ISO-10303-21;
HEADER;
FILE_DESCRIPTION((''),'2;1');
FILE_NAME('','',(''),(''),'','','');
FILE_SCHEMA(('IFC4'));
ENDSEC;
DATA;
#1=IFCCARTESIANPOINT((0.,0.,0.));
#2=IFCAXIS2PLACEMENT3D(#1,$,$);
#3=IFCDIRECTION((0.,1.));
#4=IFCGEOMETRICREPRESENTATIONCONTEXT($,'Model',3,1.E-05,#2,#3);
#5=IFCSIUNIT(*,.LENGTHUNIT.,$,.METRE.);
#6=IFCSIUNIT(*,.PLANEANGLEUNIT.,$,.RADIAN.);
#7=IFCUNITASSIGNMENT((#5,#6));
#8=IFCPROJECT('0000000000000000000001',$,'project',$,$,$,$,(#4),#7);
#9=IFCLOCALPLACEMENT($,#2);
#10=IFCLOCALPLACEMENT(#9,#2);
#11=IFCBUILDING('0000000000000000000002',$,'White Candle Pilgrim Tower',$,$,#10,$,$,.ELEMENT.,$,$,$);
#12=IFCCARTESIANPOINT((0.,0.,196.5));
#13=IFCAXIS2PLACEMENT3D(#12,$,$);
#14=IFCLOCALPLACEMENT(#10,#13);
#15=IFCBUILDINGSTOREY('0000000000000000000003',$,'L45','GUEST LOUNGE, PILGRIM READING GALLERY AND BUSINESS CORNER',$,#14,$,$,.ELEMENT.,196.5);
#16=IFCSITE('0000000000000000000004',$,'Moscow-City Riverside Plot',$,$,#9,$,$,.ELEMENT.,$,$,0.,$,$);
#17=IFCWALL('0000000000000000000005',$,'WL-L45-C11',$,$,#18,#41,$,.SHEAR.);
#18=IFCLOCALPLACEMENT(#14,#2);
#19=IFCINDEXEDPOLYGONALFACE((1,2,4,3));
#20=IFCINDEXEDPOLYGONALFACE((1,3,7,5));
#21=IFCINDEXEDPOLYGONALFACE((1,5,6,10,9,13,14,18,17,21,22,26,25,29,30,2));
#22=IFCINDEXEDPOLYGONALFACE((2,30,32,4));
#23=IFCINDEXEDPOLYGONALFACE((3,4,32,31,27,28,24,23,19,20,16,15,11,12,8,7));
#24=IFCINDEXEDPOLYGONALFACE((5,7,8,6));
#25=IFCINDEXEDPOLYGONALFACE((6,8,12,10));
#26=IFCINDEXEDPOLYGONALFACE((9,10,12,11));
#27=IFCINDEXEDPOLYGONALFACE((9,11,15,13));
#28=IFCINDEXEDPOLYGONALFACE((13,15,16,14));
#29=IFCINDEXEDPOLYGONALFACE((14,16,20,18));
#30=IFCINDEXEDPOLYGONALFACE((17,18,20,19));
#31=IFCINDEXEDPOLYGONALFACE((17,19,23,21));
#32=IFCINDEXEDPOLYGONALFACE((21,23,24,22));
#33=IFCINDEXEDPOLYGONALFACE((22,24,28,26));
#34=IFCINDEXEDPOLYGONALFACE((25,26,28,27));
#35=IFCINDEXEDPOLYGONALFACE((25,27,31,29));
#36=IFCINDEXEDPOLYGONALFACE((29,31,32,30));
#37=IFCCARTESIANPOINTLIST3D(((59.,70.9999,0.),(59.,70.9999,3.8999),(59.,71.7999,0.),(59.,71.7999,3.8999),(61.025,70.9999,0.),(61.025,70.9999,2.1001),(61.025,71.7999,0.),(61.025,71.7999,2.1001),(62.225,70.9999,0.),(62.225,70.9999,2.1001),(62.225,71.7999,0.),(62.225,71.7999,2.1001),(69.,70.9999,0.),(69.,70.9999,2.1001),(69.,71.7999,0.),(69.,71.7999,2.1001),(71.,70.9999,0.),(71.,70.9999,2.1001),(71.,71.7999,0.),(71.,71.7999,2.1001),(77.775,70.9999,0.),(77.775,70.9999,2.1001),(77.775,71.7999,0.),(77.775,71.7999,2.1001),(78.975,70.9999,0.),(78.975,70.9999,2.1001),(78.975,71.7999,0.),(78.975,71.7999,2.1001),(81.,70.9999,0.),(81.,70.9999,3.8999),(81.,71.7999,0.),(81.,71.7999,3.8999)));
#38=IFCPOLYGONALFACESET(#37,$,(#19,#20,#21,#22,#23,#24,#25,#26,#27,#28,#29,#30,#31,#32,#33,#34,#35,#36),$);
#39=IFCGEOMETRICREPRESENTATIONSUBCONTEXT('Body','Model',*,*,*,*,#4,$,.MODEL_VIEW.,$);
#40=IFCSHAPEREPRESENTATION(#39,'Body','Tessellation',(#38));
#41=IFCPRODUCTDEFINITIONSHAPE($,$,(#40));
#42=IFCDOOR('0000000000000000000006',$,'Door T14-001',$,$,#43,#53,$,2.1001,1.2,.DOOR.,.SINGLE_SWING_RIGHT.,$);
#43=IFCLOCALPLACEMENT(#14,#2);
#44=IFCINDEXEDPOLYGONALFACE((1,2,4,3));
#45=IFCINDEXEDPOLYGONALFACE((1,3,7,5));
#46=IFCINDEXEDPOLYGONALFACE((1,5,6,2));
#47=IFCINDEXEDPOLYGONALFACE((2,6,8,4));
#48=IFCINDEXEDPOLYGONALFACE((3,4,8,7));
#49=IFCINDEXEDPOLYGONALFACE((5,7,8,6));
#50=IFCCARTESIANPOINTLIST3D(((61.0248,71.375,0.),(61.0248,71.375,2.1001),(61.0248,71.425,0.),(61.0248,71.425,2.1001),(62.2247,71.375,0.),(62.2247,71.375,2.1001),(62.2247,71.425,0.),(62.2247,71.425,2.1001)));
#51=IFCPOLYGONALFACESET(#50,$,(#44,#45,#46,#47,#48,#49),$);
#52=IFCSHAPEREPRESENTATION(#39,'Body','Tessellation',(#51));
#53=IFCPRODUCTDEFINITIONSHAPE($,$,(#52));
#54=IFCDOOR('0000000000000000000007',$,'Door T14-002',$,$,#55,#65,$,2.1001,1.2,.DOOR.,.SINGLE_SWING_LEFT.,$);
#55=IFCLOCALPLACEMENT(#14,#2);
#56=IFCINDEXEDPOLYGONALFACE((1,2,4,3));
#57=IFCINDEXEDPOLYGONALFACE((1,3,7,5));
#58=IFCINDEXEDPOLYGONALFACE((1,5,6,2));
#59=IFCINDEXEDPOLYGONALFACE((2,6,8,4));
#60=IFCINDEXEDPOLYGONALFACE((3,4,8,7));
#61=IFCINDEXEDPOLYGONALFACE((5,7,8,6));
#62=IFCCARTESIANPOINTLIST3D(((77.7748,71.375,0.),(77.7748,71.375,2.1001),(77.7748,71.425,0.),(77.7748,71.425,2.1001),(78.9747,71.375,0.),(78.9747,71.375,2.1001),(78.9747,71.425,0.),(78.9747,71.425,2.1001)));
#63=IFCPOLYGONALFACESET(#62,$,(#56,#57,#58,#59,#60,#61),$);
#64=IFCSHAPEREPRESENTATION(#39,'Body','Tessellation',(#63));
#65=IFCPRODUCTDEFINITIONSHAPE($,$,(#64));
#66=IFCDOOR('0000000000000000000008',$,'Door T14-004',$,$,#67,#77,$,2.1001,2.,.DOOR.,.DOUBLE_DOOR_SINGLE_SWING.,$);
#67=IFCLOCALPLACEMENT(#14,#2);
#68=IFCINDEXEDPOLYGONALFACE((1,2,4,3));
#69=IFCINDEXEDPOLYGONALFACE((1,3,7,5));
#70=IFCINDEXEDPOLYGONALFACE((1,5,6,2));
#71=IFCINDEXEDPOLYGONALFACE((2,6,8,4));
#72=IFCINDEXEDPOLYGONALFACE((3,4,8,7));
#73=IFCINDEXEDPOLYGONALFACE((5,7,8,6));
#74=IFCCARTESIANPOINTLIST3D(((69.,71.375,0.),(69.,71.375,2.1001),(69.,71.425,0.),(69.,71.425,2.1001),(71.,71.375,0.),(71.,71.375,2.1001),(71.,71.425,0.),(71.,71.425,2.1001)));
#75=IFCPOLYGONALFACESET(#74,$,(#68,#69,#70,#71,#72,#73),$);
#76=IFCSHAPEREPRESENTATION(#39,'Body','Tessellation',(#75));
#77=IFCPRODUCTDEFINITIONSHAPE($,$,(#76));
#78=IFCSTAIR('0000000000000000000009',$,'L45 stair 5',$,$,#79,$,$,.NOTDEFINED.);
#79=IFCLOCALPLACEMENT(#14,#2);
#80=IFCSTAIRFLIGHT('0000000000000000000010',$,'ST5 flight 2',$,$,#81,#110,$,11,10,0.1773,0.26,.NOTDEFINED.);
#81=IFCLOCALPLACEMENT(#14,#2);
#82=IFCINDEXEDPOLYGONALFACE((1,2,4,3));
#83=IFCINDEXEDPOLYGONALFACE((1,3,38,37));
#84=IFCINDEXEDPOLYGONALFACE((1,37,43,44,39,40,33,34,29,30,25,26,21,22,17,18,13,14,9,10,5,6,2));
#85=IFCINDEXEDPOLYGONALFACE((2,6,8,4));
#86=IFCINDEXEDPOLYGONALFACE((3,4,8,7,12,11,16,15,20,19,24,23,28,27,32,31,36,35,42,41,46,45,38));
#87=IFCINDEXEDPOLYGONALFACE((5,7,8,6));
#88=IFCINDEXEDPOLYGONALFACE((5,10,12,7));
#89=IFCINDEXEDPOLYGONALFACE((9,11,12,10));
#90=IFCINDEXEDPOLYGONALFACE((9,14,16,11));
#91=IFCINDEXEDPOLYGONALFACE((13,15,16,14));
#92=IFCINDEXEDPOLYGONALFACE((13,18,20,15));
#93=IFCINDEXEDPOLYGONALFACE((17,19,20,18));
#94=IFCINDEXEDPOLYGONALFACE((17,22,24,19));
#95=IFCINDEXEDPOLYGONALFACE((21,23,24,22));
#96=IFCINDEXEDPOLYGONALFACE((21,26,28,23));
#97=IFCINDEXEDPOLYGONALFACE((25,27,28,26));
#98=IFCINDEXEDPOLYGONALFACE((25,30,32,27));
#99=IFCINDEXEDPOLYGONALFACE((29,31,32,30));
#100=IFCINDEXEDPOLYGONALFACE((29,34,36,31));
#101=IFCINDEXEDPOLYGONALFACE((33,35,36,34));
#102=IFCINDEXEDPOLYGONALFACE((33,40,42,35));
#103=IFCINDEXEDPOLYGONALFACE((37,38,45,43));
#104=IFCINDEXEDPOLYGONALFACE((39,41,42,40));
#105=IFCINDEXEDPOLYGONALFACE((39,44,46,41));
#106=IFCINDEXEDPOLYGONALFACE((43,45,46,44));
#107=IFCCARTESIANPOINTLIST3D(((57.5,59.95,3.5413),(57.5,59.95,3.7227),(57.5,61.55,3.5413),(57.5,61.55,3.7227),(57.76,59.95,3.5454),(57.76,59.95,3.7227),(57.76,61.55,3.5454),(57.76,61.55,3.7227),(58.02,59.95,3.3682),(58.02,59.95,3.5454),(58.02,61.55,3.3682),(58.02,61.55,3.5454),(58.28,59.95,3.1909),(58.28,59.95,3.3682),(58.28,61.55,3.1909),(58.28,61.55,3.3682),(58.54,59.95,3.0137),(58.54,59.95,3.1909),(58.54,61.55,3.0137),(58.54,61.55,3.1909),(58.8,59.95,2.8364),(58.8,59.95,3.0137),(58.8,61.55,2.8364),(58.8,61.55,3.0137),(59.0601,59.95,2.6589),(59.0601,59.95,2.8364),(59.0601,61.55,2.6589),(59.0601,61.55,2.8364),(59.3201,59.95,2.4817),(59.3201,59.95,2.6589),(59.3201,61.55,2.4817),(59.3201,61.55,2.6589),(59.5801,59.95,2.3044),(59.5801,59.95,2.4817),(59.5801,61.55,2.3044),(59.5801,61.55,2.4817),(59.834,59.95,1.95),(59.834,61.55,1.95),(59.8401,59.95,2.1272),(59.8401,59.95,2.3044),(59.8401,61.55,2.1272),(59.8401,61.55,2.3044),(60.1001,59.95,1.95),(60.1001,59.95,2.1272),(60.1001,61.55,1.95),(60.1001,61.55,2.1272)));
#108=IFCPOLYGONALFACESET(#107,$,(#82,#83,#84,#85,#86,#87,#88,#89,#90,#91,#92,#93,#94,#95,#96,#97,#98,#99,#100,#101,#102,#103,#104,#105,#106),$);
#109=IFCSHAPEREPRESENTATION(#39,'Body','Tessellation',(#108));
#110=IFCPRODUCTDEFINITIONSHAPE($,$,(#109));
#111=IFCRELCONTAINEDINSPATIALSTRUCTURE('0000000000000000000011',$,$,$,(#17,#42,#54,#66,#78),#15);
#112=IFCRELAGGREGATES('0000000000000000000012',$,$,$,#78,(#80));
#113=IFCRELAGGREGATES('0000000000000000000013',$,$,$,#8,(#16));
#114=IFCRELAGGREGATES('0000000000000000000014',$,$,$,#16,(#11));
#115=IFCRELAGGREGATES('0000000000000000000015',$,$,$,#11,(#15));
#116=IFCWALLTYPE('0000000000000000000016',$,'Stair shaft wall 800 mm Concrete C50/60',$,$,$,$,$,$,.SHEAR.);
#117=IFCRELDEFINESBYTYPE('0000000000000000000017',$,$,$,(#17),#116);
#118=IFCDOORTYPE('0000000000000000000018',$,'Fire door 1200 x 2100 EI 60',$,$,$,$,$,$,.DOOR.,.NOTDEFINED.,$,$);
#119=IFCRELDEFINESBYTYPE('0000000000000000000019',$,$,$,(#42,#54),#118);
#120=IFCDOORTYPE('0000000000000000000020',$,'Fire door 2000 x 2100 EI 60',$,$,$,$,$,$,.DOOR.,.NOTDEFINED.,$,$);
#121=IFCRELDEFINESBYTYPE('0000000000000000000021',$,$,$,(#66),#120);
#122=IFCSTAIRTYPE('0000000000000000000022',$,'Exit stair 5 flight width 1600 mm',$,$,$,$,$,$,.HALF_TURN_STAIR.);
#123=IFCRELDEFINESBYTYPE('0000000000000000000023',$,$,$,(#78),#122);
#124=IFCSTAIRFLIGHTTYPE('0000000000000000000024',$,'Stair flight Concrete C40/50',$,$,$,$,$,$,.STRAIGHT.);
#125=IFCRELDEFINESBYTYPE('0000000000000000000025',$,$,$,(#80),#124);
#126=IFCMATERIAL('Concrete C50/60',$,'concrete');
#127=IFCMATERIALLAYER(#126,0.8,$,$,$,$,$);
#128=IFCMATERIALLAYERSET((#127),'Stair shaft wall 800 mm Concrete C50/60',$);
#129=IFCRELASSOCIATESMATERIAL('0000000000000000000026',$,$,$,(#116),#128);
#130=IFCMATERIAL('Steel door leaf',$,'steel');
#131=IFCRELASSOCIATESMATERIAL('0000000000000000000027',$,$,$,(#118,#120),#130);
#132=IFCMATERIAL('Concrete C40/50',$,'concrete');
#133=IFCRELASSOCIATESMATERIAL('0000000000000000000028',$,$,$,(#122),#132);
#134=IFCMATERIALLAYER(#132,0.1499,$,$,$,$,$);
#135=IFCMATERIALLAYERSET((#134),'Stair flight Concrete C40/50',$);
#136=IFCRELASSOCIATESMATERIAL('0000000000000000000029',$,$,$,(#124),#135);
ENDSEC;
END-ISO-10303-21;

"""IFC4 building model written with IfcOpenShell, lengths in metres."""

from ifc_helpers import new_model, si_unit, direction, frame, frame_2d, origin, place, context, subcontext, project, spatial, polyline, rectangle, outline, extrude, material, layer, layer_set, type_object, element, fill, aggregate, save


model = new_model("IFC4")

# Units and contexts
model_context = context("Model", 3, precision=1e-05, world=origin(), true_north=direction((0.0, 1.0)))
body_context = subcontext(model_context, "Body", "Model", "MODEL_VIEW")
ifc_project = project(units=[si_unit("LENGTHUNIT", "METRE"), si_unit("PLANEANGLEUNIT", "RADIAN")], contexts=[model_context])

# Site, building, storey
site_placement = place(None, origin())
site = spatial("IfcSite", under=ifc_project, at=site_placement, Name="Moscow-City Riverside Plot", CompositionType="ELEMENT", RefElevation=0.0)
building_placement = place(site_placement, origin())
building = spatial("IfcBuilding", under=site, at=building_placement, Name="White Candle Pilgrim Tower", CompositionType="ELEMENT")
storey_placement = place(building_placement, frame((0.0, 0.0, 196.5)))
storey = spatial("IfcBuildingStorey", under=building, at=storey_placement, Name="L45", Description="GUEST LOUNGE, PILGRIM READING GALLERY AND BUSINESS CORNER", CompositionType="ELEMENT", Elevation=196.5)

# Shared definitions
ifc_material_1 = material(Name="Concrete C50/60", Category="concrete")

# Shared definitions
ifc_material_2 = material(Name="Steel door leaf", Category="steel")

# Wall, openings, doors
ifc_layer_1 = layer(ifc_material_1, 0.8)
ifc_layer_set_1 = layer_set([ifc_layer_1], Name="Stair shaft wall 800 mm Concrete C50/60")
wall_type_1 = type_object("IfcWallType", Name="Stair shaft wall 800 mm Concrete C50/60", PredefinedType="SHEAR", material=ifc_layer_set_1)
wall_1_placement = place(storey_placement, frame((59.0, 71.3999, 0.0), z_axis=(0.0, 0.0, 1.0), x_axis=(1.0, 0.0, 0.0)))
wall_1 = element("IfcWall", 1, at=wall_1_placement, inside=storey, type_object=wall_type_1, Name="WL-L45-C11", PredefinedType="SHEAR", context=body_context, shape_type="SweptSolid", body=[
    extrude(rectangle(XDim=22.0, YDim=0.8, at=frame_2d((11.0, 0.0))), origin(), (0.0, 0.0, 1.0), 3.8999),
])
opening_1_placement = place(wall_1_placement, frame((2.0249, 0.0, 0.0)))
opening_1 = element("IfcOpeningElement", 2, at=opening_1_placement, cuts=wall_1, PredefinedType="OPENING", context=body_context, shape_type="SweptSolid", body=[
    extrude(rectangle(XDim=1.2, YDim=2.1001, at=frame_2d((0.6001, 1.05))), frame((0.0, 0.4099, 0.0), z_axis=(0.0, -1.0, 0.0), x_axis=(1.0, 0.0, 0.0)), (0.0, 0.0, 1.0), 0.8201),
])
opening_2_placement = place(wall_1_placement, frame((18.7749, 0.0, 0.0)))
opening_2 = element("IfcOpeningElement", 3, at=opening_2_placement, cuts=wall_1, PredefinedType="OPENING", context=body_context, shape_type="SweptSolid", body=[
    extrude(rectangle(XDim=1.2, YDim=2.1001, at=frame_2d((0.6001, 1.05))), frame((0.0, 0.4099, 0.0), z_axis=(0.0, -1.0, 0.0), x_axis=(1.0, 0.0, 0.0)), (0.0, 0.0, 1.0), 0.8201),
])
opening_3_placement = place(wall_1_placement, frame((10.0, 0.0, 0.0)))
opening_3 = element("IfcOpeningElement", 4, at=opening_3_placement, cuts=wall_1, PredefinedType="OPENING", context=body_context, shape_type="SweptSolid", body=[
    extrude(rectangle(XDim=2.0, YDim=2.1001, at=frame_2d((1.0, 1.05))), frame((0.0, 0.4099, 0.0), z_axis=(0.0, -1.0, 0.0), x_axis=(1.0, 0.0, 0.0)), (0.0, 0.0, 1.0), 0.8201),
])
door_type_1 = type_object("IfcDoorType", Name="Fire door 1200 x 2100 EI 60", OperationType="NOTDEFINED", PredefinedType="DOOR", material=ifc_material_2)
door_1_placement = place(opening_1_placement, frame((1.2, 0.0, 0.0), z_axis=(0.0, 0.0, 1.0), x_axis=(-1.0, 0.0, 0.0)))
door_1 = element("IfcDoor", 5, at=door_1_placement, inside=storey, type_object=door_type_1, Name="Door T14-001", OperationType="SINGLE_SWING_RIGHT", OverallHeight=2.1001, OverallWidth=1.2, PredefinedType="DOOR", context=body_context, shape_type="SweptSolid", body=[
    extrude(rectangle(XDim=1.2, YDim=2.1001, at=frame_2d((0.6001, 1.05))), frame((0.0, 0.0249, 0.0), z_axis=(0.0, -1.0, 0.0), x_axis=(1.0, 0.0, 0.0)), (0.0, 0.0, 1.0), 0.05),
])
fill(opening_1, door_1)
door_2_placement = place(opening_2_placement, frame((1.2, 0.0, 0.0), z_axis=(0.0, 0.0, 1.0), x_axis=(-1.0, 0.0, 0.0)))
door_2 = element("IfcDoor", 6, at=door_2_placement, inside=storey, type_object=door_type_1, Name="Door T14-002", OperationType="SINGLE_SWING_LEFT", OverallHeight=2.1001, OverallWidth=1.2, PredefinedType="DOOR", context=body_context, shape_type="SweptSolid", body=[
    extrude(rectangle(XDim=1.2, YDim=2.1001, at=frame_2d((0.6001, 1.05))), frame((0.0, 0.0249, 0.0), z_axis=(0.0, -1.0, 0.0), x_axis=(1.0, 0.0, 0.0)), (0.0, 0.0, 1.0), 0.05),
])
fill(opening_2, door_2)
door_type_2 = type_object("IfcDoorType", Name="Fire door 2000 x 2100 EI 60", OperationType="NOTDEFINED", PredefinedType="DOOR", material=ifc_material_2)
door_3_placement = place(opening_3_placement, frame((2.0, 0.0, 0.0), z_axis=(0.0, 0.0, 1.0), x_axis=(-1.0, 0.0, 0.0)))
door_3 = element("IfcDoor", 7, at=door_3_placement, inside=storey, type_object=door_type_2, Name="Door T14-004", OperationType="DOUBLE_DOOR_SINGLE_SWING", OverallHeight=2.1001, OverallWidth=2.0, PredefinedType="DOOR", context=body_context, shape_type="SweptSolid", body=[
    extrude(rectangle(XDim=2.0, YDim=2.1001, at=frame_2d((1.0, 1.05))), frame((0.0, 0.0249, 0.0), z_axis=(0.0, -1.0, 0.0), x_axis=(1.0, 0.0, 0.0)), (0.0, 0.0, 1.0), 0.05),
])
fill(opening_3, door_3)

# Stair, stair flight
ifc_material_3 = material(Name="Concrete C40/50", Category="concrete")
stair_type = type_object("IfcStairType", Name="Exit stair 5 flight width 1600 mm", PredefinedType="HALF_TURN_STAIR", material=ifc_material_3)
stair_placement = place(storey_placement, origin())
stair = element("IfcStair", 8, at=stair_placement, inside=storey, type_object=stair_type, Name="L45 stair 5", PredefinedType="NOTDEFINED")
ifc_layer_2 = layer(ifc_material_3, 0.1499)
ifc_layer_set_2 = layer_set([ifc_layer_2], Name="Stair flight Concrete C40/50")
stair_flight_type = type_object("IfcStairFlightType", Name="Stair flight Concrete C40/50", PredefinedType="STRAIGHT", material=ifc_layer_set_2)
stair_flight_placement = place(storey_placement, frame((60.1001, 60.75, 1.95), z_axis=(0.0, 0.0, 1.0), x_axis=(-1.0, 0.0, 0.0)))
stair_flight = element("IfcStairFlight", 9, at=stair_flight_placement, type_object=stair_flight_type, Name="ST5 flight 2", NumberOfRisers=11, NumberOfTreads=10, PredefinedType="NOTDEFINED", RiserHeight=0.1773, TreadLength=0.26, context=body_context, shape_type="SweptSolid", body=[
    extrude(outline(polyline([(0.0, 0.0), (0.0, 0.1772), (0.26, 0.1772), (0.26, 0.3545), (0.52, 0.3545), (0.52, 0.5317), (0.78, 0.5317), (0.78, 0.709), (1.04, 0.709), (1.04, 0.8865), (1.3, 0.8865), (1.3, 1.0637), (1.5601, 1.0637), (1.5601, 1.241), (1.8201, 1.241), (1.8201, 1.4182), (2.0801, 1.4182), (2.0801, 1.5955), (2.3401, 1.5955), (2.3401, 1.7727), (2.6001, 1.7727), (2.6001, 1.95), (2.6001, 1.5913), (0.2661, 0.0), (0.0, 0.0)])), frame((0.0, 0.8, 0.0), z_axis=(0.0, -1.0, 0.0), x_axis=(1.0, 0.0, 0.0)), (0.0, 0.0, 1.0), 1.6001),
])
aggregate(stair, [stair_flight])

save(model, "model.ifc")
